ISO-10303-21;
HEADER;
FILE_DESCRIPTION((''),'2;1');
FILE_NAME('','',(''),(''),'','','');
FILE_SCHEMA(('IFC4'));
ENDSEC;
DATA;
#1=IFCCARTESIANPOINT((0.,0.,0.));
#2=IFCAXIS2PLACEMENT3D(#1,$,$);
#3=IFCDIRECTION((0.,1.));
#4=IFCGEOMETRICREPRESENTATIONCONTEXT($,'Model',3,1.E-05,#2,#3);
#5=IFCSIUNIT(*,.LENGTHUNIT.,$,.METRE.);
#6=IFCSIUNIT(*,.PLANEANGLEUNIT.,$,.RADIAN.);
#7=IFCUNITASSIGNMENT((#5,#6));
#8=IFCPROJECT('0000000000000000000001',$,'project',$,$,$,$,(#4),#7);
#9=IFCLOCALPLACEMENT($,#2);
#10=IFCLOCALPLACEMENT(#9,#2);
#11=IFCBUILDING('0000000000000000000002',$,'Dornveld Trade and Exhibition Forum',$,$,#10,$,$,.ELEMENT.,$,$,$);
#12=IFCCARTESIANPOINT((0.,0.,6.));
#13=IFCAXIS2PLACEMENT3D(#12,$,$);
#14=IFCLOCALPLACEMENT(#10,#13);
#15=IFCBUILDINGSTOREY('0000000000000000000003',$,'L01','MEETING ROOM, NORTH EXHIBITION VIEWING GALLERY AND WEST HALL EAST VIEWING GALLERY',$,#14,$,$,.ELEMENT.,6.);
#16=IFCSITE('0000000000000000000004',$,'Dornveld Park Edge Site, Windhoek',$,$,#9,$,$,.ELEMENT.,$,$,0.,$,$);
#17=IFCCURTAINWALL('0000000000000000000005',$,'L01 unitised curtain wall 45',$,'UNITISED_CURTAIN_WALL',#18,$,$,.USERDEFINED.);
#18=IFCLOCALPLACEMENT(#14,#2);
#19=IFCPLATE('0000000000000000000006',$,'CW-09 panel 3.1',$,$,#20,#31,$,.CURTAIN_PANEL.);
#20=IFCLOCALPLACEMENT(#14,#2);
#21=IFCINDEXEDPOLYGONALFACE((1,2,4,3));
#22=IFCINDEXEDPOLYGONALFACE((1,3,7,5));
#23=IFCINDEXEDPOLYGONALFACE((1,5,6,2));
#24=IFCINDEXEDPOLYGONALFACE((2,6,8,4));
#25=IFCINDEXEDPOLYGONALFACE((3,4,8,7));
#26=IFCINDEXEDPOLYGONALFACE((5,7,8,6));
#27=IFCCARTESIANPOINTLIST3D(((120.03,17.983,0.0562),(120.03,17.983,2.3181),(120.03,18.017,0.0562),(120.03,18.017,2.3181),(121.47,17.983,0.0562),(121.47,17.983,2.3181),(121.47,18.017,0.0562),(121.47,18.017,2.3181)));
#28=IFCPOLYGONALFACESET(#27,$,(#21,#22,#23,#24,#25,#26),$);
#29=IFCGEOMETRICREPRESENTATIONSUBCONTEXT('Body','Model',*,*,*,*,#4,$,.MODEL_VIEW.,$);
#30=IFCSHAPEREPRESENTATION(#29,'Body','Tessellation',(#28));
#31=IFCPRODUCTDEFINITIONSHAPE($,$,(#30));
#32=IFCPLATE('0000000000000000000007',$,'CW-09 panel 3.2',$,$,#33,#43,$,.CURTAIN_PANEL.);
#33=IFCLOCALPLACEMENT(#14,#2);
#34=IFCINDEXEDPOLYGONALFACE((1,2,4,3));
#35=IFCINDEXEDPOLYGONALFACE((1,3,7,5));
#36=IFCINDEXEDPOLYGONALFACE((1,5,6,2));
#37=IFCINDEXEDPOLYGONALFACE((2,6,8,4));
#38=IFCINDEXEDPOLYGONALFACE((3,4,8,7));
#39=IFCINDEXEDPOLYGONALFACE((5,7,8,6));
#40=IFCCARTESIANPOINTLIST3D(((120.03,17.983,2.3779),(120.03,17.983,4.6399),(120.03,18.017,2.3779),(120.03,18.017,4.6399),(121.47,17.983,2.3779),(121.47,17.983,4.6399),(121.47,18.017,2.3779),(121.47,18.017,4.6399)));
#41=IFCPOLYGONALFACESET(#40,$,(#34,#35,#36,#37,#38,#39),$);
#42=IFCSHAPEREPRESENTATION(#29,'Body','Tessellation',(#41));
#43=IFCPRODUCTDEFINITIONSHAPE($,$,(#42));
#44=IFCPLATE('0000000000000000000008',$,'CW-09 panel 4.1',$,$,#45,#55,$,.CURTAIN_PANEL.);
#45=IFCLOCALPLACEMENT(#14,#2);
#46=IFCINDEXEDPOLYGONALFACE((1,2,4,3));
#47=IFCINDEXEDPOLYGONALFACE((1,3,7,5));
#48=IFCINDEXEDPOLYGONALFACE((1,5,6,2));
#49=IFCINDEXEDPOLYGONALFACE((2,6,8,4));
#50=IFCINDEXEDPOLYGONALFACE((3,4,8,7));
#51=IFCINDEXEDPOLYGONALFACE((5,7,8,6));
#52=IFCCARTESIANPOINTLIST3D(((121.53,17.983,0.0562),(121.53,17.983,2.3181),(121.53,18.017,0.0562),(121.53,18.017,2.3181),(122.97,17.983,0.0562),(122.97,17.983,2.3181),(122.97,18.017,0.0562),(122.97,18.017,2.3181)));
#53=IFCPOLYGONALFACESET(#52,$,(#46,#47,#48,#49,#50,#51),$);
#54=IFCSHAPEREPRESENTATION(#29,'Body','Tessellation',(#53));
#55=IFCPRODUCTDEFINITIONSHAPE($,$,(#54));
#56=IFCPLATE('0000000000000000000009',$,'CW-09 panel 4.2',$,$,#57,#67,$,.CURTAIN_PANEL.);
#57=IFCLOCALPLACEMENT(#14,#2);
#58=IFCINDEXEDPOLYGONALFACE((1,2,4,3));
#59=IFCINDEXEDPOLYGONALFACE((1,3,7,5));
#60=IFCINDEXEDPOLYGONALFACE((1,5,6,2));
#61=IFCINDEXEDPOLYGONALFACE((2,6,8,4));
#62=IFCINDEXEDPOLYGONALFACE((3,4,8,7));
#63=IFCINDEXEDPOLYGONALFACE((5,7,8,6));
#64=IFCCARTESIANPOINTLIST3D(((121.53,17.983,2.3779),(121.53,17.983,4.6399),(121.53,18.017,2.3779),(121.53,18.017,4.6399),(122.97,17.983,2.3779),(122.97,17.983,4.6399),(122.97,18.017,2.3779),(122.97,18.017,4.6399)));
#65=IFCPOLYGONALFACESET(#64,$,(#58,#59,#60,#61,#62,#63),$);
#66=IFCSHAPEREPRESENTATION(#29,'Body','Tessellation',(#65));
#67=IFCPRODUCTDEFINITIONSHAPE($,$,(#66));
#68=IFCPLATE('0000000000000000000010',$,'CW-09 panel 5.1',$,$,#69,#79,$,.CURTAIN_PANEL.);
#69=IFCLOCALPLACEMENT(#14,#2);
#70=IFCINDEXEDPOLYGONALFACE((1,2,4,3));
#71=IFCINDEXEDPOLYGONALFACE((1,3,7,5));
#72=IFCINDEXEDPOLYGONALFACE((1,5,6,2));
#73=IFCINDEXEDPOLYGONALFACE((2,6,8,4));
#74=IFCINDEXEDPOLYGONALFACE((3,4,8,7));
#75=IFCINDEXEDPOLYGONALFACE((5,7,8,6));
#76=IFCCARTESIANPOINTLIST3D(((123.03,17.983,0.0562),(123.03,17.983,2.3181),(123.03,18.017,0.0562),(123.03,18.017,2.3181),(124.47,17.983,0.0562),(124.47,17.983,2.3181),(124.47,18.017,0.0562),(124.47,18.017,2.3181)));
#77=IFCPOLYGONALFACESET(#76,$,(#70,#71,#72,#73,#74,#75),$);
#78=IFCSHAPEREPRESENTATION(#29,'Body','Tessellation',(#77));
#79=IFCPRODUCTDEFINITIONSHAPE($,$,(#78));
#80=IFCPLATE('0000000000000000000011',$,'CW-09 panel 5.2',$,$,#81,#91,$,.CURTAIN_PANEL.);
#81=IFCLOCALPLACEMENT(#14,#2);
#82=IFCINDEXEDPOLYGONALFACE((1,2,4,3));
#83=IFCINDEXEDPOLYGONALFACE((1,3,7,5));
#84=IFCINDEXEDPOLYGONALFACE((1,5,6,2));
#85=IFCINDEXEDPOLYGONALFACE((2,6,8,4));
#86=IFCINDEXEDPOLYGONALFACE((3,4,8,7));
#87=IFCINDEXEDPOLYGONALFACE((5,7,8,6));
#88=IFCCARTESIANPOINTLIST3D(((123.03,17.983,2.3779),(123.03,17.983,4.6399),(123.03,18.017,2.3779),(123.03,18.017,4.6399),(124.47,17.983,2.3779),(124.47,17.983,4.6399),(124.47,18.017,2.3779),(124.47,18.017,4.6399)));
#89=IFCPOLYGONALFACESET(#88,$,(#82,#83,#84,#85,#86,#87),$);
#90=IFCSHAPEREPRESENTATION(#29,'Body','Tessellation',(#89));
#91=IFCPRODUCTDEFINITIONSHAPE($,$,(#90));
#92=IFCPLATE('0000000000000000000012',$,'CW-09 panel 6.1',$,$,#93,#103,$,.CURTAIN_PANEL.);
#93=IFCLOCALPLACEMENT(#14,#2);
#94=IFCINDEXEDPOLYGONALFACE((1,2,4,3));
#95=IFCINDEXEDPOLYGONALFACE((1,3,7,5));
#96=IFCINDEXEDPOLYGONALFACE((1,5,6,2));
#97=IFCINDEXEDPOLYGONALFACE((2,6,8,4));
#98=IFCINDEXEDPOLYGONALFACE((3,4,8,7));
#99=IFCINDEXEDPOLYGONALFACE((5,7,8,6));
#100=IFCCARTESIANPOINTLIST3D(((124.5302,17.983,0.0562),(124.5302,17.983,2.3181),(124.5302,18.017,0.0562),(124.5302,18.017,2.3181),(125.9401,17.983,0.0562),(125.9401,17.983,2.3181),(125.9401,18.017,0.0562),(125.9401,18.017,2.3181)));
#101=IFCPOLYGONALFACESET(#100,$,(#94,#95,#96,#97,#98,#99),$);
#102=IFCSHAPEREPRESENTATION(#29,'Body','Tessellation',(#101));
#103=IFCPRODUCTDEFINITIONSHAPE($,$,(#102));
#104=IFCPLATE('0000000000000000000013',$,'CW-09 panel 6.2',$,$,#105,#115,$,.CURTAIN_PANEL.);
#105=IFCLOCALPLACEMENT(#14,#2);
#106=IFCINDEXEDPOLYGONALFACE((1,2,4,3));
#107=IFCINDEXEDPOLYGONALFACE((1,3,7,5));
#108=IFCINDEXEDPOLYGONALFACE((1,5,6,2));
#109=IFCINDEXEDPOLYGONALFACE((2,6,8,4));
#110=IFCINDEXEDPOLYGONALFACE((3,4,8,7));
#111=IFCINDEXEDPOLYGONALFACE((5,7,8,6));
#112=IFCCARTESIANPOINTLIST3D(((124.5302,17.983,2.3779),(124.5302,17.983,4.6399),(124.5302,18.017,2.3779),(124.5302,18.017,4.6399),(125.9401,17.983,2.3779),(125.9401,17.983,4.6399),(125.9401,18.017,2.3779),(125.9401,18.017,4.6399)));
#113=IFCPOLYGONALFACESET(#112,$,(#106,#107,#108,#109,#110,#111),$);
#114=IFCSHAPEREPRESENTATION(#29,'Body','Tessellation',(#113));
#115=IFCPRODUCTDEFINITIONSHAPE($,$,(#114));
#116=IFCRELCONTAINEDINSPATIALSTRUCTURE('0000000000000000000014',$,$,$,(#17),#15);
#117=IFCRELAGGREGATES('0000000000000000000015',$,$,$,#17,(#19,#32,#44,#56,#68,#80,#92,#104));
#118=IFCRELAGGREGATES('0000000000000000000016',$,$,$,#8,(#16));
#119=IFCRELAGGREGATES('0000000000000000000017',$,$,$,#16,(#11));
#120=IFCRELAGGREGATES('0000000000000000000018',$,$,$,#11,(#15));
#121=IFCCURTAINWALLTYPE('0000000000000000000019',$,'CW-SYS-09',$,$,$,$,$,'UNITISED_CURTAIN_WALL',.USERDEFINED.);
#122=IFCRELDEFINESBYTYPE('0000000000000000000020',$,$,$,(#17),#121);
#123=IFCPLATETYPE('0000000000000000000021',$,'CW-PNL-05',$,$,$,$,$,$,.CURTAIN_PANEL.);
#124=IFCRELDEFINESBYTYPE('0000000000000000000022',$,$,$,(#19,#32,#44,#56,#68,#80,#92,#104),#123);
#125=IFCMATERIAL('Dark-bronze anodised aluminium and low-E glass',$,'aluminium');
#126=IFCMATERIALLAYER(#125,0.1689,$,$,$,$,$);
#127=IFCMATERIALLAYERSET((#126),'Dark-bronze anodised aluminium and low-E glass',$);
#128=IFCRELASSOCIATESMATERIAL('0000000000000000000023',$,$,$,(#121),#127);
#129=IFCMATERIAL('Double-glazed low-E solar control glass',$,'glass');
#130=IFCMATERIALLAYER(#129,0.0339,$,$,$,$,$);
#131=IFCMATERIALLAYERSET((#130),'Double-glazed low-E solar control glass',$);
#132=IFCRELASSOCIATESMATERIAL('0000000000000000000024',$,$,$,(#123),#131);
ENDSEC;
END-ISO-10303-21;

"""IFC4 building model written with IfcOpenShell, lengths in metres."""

from ifc_helpers import new_model, si_unit, direction, frame, origin, origin_2d, place, context, subcontext, project, spatial, rectangle, extrude, material, layer, layer_set, type_object, element, aggregate, save


model = new_model("IFC4")

# Units and contexts
model_context = context("Model", 3, precision=1e-05, world=origin(), true_north=direction((0.0, 1.0)))
body_context = subcontext(model_context, "Body", "Model", "MODEL_VIEW")
ifc_project = project(units=[si_unit("LENGTHUNIT", "METRE"), si_unit("PLANEANGLEUNIT", "RADIAN")], contexts=[model_context])

# Site, building, storey
site_placement = place(None, origin())
site = spatial("IfcSite", under=ifc_project, at=site_placement, Name="Dornveld Park Edge Site, Windhoek", CompositionType="ELEMENT", RefElevation=0.0)
building_placement = place(site_placement, origin())
building = spatial("IfcBuilding", under=site, at=building_placement, Name="Dornveld Trade and Exhibition Forum", CompositionType="ELEMENT")
storey_placement = place(building_placement, frame((0.0, 0.0, 6.0)))
storey = spatial("IfcBuildingStorey", under=building, at=storey_placement, Name="L01", Description="MEETING ROOM, NORTH EXHIBITION VIEWING GALLERY AND WEST HALL EAST VIEWING GALLERY", CompositionType="ELEMENT", Elevation=6.0)

# Curtain wall
ifc_material_1 = material(Name="Dark-bronze anodised aluminium and low-E glass", Category="aluminium")
ifc_layer_1 = layer(ifc_material_1, 0.1689)
ifc_layer_set_1 = layer_set([ifc_layer_1], Name="Dark-bronze anodised aluminium and low-E glass")
curtain_wall_type_1 = type_object("IfcCurtainWallType", Name="CW-SYS-09", ElementType="UNITISED_CURTAIN_WALL", PredefinedType="USERDEFINED", material=ifc_layer_set_1)
curtain_wall_1_placement = place(storey_placement, origin())
curtain_wall_1 = element("IfcCurtainWall", 1, at=curtain_wall_1_placement, inside=storey, type_object=curtain_wall_type_1, Name="L01 unitised curtain wall 45", ObjectType="UNITISED_CURTAIN_WALL", PredefinedType="USERDEFINED")

# Plates
ifc_material_2 = material(Name="Double-glazed low-E solar control glass", Category="glass")
ifc_layer_2 = layer(ifc_material_2, 0.0339)
ifc_layer_set_2 = layer_set([ifc_layer_2], Name="Double-glazed low-E solar control glass")
plate_type = type_object("IfcPlateType", Name="CW-PNL-05", PredefinedType="CURTAIN_PANEL", material=ifc_layer_set_2)
plate_1_placement = place(storey_placement, frame((120.75, 18.0, 0.0562), z_axis=(0.0, 0.0, 1.0), x_axis=(1.0, 0.0, 0.0)))
plate_1 = element("IfcPlate", 2, at=plate_1_placement, type_object=plate_type, Name="CW-09 panel 3.1", PredefinedType="CURTAIN_PANEL", context=body_context, shape_type="SweptSolid", body=[
    extrude(rectangle(XDim=1.4399, YDim=0.0339, at=origin_2d()), origin(), (0.0, 0.0, 1.0), 2.262),
])
plate_2_placement = place(storey_placement, frame((120.75, 18.0, 2.3779), z_axis=(0.0, 0.0, 1.0), x_axis=(1.0, 0.0, 0.0)))
plate_2 = element("IfcPlate", 3, at=plate_2_placement, type_object=plate_type, Name="CW-09 panel 3.2", PredefinedType="CURTAIN_PANEL", context=body_context, shape_type="SweptSolid", body=[
    extrude(rectangle(XDim=1.4399, YDim=0.0339, at=origin_2d()), origin(), (0.0, 0.0, 1.0), 2.262),
])
plate_3_placement = place(storey_placement, frame((122.25, 18.0, 0.0562), z_axis=(0.0, 0.0, 1.0), x_axis=(1.0, 0.0, 0.0)))
plate_3 = element("IfcPlate", 4, at=plate_3_placement, type_object=plate_type, Name="CW-09 panel 4.1", PredefinedType="CURTAIN_PANEL", context=body_context, shape_type="SweptSolid", body=[
    extrude(rectangle(XDim=1.4399, YDim=0.0339, at=origin_2d()), origin(), (0.0, 0.0, 1.0), 2.262),
])
plate_4_placement = place(storey_placement, frame((122.25, 18.0, 2.3779), z_axis=(0.0, 0.0, 1.0), x_axis=(1.0, 0.0, 0.0)))
plate_4 = element("IfcPlate", 5, at=plate_4_placement, type_object=plate_type, Name="CW-09 panel 4.2", PredefinedType="CURTAIN_PANEL", context=body_context, shape_type="SweptSolid", body=[
    extrude(rectangle(XDim=1.4399, YDim=0.0339, at=origin_2d()), origin(), (0.0, 0.0, 1.0), 2.262),
])
plate_5_placement = place(storey_placement, frame((123.75, 18.0, 0.0562), z_axis=(0.0, 0.0, 1.0), x_axis=(1.0, 0.0, 0.0)))
plate_5 = element("IfcPlate", 6, at=plate_5_placement, type_object=plate_type, Name="CW-09 panel 5.1", PredefinedType="CURTAIN_PANEL", context=body_context, shape_type="SweptSolid", body=[
    extrude(rectangle(XDim=1.4399, YDim=0.0339, at=origin_2d()), origin(), (0.0, 0.0, 1.0), 2.262),
])
plate_6_placement = place(storey_placement, frame((123.75, 18.0, 2.3779), z_axis=(0.0, 0.0, 1.0), x_axis=(1.0, 0.0, 0.0)))
plate_6 = element("IfcPlate", 7, at=plate_6_placement, type_object=plate_type, Name="CW-09 panel 5.2", PredefinedType="CURTAIN_PANEL", context=body_context, shape_type="SweptSolid", body=[
    extrude(rectangle(XDim=1.4399, YDim=0.0339, at=origin_2d()), origin(), (0.0, 0.0, 1.0), 2.262),
])
plate_7_placement = place(storey_placement, frame((125.2351, 18.0, 0.0562), z_axis=(0.0, 0.0, 1.0), x_axis=(1.0, 0.0, 0.0)))
plate_7 = element("IfcPlate", 8, at=plate_7_placement, type_object=plate_type, Name="CW-09 panel 6.1", PredefinedType="CURTAIN_PANEL", context=body_context, shape_type="SweptSolid", body=[
    extrude(rectangle(XDim=1.4099, YDim=0.0339, at=origin_2d()), origin(), (0.0, 0.0, 1.0), 2.262),
])
plate_8_placement = place(storey_placement, frame((125.2351, 18.0, 2.3779), z_axis=(0.0, 0.0, 1.0), x_axis=(1.0, 0.0, 0.0)))
plate_8 = element("IfcPlate", 9, at=plate_8_placement, type_object=plate_type, Name="CW-09 panel 6.2", PredefinedType="CURTAIN_PANEL", context=body_context, shape_type="SweptSolid", body=[
    extrude(rectangle(XDim=1.4099, YDim=0.0339, at=origin_2d()), origin(), (0.0, 0.0, 1.0), 2.262),
])
aggregate(curtain_wall_1, [plate_1, plate_2, plate_3, plate_4, plate_5, plate_6, plate_7, plate_8])

save(model, "model.ifc")
